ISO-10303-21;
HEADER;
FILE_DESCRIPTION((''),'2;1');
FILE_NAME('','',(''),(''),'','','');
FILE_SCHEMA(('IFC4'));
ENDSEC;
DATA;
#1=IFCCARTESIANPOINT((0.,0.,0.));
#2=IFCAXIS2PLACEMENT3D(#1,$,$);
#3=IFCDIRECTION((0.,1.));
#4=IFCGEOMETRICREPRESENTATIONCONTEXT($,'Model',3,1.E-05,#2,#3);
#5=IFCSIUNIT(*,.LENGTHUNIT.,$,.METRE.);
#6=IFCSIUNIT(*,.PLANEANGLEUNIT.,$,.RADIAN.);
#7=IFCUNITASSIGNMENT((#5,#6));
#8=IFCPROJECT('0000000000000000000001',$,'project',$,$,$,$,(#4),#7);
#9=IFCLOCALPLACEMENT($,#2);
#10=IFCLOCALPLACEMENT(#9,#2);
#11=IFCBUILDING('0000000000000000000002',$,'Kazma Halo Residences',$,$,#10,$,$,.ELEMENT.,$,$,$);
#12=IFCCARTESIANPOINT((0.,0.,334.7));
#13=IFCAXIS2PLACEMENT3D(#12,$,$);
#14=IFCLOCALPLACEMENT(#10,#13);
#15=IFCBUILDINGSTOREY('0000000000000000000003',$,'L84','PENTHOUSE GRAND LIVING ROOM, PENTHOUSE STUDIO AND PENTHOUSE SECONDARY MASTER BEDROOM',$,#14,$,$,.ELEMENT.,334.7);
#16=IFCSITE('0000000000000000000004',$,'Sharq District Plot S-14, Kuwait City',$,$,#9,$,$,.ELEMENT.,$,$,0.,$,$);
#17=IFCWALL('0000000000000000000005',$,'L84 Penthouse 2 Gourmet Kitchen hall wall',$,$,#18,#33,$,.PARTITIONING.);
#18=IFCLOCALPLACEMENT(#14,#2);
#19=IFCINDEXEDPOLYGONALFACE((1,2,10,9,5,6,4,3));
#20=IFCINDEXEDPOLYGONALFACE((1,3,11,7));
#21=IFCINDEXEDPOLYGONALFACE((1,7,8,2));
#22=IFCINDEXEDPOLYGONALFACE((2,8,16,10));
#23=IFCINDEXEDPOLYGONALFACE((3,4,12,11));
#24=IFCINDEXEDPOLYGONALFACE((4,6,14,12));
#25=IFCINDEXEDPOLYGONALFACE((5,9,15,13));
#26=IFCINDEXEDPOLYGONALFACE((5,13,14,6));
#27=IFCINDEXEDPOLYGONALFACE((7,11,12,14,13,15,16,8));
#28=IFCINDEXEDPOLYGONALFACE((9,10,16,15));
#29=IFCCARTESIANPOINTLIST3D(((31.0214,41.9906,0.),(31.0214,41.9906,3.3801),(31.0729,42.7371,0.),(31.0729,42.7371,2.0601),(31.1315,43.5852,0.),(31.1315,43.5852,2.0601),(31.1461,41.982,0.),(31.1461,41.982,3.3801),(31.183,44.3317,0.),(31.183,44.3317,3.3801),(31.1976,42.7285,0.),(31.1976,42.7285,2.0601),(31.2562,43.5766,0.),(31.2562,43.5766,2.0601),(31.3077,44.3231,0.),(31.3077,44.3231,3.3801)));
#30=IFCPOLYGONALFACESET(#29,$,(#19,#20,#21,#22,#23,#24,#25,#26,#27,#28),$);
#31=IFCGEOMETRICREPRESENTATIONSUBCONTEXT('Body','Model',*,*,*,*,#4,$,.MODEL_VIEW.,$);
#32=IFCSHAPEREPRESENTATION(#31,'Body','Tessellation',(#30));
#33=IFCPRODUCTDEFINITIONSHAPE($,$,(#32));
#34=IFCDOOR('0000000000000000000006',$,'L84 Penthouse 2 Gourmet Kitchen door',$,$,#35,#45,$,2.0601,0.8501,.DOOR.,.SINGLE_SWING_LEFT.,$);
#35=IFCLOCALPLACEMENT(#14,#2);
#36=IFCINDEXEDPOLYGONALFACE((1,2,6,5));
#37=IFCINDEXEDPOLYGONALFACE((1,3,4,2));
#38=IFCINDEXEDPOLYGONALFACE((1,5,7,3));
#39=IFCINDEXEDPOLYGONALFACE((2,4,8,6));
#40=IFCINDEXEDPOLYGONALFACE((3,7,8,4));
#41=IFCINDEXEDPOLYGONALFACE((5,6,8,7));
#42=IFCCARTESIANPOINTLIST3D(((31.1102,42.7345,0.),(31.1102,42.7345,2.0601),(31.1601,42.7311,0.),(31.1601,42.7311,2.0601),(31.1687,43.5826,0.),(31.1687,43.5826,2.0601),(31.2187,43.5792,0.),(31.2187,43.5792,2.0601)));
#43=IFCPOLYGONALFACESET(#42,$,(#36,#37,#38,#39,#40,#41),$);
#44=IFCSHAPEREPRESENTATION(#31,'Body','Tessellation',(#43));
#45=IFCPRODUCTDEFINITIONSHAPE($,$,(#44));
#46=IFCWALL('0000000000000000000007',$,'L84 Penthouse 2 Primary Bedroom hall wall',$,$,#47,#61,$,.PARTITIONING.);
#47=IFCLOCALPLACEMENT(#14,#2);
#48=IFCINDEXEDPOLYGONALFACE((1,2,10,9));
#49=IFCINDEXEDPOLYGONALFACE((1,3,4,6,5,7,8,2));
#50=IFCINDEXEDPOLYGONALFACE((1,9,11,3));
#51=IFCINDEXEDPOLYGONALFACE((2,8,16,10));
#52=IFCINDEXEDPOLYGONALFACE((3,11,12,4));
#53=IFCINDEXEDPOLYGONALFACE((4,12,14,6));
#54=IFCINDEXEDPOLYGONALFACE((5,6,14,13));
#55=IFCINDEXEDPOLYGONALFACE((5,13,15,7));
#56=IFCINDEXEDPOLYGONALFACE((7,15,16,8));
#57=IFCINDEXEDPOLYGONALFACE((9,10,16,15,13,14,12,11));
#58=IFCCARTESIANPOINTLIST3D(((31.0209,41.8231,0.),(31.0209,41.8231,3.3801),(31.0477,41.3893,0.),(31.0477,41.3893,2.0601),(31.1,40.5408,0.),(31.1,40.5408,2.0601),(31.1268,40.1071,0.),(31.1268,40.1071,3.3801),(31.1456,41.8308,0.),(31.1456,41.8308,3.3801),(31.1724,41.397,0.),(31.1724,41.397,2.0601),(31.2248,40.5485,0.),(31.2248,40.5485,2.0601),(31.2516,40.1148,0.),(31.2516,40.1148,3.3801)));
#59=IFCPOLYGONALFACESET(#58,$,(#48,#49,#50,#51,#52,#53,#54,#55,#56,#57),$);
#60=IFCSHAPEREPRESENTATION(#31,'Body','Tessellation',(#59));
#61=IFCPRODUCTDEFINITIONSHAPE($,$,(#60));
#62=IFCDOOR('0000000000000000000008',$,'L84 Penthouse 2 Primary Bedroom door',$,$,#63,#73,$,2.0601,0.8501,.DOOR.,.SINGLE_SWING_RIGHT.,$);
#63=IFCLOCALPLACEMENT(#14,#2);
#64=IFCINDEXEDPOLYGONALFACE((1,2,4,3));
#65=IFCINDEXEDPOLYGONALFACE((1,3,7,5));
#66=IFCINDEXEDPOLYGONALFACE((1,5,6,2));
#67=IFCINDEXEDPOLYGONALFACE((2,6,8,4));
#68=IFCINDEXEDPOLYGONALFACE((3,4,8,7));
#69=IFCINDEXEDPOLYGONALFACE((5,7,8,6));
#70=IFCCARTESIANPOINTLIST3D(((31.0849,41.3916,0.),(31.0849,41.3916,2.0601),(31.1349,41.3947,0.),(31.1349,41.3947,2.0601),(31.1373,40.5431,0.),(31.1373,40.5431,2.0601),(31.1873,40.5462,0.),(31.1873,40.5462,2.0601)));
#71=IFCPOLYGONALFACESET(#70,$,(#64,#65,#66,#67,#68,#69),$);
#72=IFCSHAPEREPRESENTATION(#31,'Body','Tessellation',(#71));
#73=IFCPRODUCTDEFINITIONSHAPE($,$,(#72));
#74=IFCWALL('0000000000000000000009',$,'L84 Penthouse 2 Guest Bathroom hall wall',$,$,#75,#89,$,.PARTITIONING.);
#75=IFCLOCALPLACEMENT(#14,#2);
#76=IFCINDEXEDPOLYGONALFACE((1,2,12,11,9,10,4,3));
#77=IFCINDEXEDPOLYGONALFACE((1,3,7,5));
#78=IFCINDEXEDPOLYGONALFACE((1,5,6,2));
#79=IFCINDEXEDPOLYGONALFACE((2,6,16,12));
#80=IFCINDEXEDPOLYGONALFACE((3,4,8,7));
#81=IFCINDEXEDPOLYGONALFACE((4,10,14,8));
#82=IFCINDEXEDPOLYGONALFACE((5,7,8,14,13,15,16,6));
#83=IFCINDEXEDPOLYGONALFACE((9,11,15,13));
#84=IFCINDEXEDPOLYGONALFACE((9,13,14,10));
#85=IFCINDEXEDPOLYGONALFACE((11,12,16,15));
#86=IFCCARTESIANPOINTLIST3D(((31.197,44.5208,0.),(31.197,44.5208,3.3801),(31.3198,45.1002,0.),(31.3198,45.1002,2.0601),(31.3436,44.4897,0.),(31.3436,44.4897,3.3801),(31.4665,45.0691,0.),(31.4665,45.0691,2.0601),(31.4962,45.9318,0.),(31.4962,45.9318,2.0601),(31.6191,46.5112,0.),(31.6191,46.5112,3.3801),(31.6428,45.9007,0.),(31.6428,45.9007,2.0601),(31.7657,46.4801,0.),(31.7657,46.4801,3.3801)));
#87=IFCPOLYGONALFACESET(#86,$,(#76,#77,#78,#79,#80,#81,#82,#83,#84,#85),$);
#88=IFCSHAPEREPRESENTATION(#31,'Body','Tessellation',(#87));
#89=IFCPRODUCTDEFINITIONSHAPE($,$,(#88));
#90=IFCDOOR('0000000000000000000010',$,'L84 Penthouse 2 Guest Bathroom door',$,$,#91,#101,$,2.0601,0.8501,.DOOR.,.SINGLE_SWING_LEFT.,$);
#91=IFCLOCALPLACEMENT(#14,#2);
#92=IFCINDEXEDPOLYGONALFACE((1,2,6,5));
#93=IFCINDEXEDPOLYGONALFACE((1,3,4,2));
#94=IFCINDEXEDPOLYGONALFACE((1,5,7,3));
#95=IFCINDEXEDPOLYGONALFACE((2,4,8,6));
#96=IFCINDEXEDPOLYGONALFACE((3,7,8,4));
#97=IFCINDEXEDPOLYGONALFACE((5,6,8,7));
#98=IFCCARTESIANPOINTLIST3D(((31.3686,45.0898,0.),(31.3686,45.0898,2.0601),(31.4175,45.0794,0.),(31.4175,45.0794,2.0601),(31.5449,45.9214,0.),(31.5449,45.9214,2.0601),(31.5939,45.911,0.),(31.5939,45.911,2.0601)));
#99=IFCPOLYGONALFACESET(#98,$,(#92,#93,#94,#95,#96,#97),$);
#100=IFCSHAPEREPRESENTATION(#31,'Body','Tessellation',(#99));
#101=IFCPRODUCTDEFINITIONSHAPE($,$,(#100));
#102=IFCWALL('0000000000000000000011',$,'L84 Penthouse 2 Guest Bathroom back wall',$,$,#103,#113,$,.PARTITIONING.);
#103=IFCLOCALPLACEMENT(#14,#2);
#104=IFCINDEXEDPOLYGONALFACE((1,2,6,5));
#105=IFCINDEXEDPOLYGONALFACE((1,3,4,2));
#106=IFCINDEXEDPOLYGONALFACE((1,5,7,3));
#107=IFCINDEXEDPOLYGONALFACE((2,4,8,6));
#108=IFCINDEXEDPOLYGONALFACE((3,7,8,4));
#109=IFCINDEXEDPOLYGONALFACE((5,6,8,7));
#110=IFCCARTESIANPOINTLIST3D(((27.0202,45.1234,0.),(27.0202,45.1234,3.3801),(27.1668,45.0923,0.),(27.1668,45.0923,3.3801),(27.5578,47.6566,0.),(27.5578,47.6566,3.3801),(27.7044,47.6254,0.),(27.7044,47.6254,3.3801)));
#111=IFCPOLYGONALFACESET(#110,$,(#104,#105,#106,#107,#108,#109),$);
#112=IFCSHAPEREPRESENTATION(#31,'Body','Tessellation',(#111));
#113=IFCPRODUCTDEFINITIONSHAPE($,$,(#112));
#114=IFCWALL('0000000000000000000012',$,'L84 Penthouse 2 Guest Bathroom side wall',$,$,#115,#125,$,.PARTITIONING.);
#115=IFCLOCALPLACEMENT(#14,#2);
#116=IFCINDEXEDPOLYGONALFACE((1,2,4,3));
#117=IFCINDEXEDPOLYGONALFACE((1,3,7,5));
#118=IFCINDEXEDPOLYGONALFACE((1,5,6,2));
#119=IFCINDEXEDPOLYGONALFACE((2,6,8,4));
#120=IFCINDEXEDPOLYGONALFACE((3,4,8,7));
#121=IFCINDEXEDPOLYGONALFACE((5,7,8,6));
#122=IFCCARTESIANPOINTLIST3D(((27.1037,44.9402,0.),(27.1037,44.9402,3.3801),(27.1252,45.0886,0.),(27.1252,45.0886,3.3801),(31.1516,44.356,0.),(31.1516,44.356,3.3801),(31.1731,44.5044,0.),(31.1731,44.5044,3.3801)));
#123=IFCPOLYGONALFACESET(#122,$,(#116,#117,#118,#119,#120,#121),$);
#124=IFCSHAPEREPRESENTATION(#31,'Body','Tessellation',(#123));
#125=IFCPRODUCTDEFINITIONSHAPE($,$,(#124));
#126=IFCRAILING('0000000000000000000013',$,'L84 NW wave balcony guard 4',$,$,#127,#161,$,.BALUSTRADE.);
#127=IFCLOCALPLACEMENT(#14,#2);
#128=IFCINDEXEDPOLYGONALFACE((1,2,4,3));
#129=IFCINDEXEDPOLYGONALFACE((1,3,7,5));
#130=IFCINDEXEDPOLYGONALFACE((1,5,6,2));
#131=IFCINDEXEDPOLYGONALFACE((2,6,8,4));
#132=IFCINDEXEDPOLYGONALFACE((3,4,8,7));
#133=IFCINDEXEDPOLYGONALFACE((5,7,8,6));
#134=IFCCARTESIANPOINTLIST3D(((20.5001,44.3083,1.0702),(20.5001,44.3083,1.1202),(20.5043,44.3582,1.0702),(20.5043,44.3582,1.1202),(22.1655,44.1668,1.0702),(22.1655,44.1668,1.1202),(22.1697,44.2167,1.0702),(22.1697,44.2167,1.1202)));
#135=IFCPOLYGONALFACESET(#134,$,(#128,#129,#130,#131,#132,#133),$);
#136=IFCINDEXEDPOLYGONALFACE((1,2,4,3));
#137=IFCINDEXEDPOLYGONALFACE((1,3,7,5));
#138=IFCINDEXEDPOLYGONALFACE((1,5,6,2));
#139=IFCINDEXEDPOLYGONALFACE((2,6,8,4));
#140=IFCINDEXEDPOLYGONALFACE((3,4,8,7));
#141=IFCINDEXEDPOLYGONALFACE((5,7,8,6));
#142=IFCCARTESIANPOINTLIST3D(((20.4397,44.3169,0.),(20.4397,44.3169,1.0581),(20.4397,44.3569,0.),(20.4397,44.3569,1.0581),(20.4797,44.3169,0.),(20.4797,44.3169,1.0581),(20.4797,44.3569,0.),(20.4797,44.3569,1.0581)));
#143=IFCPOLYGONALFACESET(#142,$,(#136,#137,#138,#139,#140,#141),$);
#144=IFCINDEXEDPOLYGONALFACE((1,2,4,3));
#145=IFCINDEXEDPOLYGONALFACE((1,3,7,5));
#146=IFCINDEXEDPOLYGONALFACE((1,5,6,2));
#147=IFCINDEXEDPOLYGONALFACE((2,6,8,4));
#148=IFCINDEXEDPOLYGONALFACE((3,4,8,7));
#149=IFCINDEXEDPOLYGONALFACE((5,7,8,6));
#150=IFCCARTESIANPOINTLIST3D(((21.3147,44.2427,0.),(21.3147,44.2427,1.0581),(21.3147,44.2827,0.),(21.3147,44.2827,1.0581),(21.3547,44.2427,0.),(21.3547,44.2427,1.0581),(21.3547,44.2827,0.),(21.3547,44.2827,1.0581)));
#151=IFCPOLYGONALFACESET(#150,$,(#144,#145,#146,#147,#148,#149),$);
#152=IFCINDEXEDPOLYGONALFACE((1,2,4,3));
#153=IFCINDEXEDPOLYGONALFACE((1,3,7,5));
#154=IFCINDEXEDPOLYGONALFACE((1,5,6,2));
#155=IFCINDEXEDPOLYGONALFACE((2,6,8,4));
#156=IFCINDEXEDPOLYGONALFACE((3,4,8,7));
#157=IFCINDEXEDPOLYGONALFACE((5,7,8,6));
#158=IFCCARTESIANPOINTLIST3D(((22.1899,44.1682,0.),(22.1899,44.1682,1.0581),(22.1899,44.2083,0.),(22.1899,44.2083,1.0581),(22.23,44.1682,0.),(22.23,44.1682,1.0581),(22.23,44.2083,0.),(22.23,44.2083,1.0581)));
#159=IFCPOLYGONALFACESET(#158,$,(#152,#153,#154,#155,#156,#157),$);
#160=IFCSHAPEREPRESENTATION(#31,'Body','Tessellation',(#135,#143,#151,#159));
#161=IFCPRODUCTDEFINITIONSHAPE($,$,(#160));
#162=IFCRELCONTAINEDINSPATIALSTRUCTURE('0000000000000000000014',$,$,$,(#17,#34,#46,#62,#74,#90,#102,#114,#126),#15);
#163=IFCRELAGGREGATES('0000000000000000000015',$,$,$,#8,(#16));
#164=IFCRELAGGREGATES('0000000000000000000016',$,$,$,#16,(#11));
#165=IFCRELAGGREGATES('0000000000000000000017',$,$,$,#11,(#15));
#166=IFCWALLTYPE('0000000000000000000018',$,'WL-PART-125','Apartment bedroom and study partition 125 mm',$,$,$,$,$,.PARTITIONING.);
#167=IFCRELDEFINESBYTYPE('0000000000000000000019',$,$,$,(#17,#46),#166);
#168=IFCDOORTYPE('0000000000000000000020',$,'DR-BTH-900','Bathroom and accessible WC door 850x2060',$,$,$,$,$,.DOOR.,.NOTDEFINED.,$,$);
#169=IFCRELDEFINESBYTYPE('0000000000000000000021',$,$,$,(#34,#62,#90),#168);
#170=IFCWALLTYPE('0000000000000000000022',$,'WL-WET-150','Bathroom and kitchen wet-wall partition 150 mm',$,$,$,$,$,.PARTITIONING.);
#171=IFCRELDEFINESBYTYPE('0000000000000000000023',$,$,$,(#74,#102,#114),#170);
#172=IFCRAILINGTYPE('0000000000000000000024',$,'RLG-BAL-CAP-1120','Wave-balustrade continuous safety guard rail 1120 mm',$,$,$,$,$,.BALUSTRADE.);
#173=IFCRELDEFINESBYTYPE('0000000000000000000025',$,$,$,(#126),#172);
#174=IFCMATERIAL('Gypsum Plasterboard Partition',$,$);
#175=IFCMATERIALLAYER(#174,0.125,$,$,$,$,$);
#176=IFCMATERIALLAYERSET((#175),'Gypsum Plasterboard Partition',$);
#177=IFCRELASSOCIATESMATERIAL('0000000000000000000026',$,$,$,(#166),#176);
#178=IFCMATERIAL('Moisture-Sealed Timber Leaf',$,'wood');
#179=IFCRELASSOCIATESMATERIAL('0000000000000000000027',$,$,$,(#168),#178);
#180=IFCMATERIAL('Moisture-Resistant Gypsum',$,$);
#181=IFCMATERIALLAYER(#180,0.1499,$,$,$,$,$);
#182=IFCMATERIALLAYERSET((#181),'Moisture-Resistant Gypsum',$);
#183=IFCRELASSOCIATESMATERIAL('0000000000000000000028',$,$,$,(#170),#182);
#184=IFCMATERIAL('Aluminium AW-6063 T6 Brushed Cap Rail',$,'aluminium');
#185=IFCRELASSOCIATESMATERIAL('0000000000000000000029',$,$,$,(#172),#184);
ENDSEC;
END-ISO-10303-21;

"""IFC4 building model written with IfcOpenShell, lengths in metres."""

from ifc_helpers import new_model, si_unit, direction, frame, frame_2d, origin, origin_2d, place, context, subcontext, project, spatial, rectangle, extrude, material, layer, layer_set, type_object, element, fill, save


model = new_model("IFC4")

# Units and contexts
model_context = context("Model", 3, precision=1e-05, world=origin(), true_north=direction((0.0, 1.0)))
body_context = subcontext(model_context, "Body", "Model", "MODEL_VIEW")
ifc_project = project(units=[si_unit("LENGTHUNIT", "METRE"), si_unit("PLANEANGLEUNIT", "RADIAN")], contexts=[model_context])

# Site, building, storey
site_placement = place(None, origin())
site = spatial("IfcSite", under=ifc_project, at=site_placement, Name="Sharq District Plot S-14, Kuwait City", CompositionType="ELEMENT", RefElevation=0.0)
building_placement = place(site_placement, origin())
building = spatial("IfcBuilding", under=site, at=building_placement, Name="Kazma Halo Residences", CompositionType="ELEMENT")
storey_placement = place(building_placement, frame((0.0, 0.0, 334.7)))
storey = spatial("IfcBuildingStorey", under=building, at=storey_placement, Name="L84", Description="PENTHOUSE GRAND LIVING ROOM, PENTHOUSE STUDIO AND PENTHOUSE SECONDARY MASTER BEDROOM", CompositionType="ELEMENT", Elevation=334.7)

# Shared definitions
ifc_material_1 = material(Name="Gypsum Plasterboard Partition")
ifc_layer_1 = layer(ifc_material_1, 0.125)
ifc_layer_set_1 = layer_set([ifc_layer_1], Name="Gypsum Plasterboard Partition")
wall_type_1 = type_object("IfcWallType", Name="WL-PART-125", Description="Apartment bedroom and study partition 125 mm", PredefinedType="PARTITIONING", material=ifc_layer_set_1)

# Shared definitions
ifc_material_2 = material(Name="Moisture-Sealed Timber Leaf", Category="wood")
door_type = type_object("IfcDoorType", Name="DR-BTH-900", Description="Bathroom and accessible WC door 850x2060", OperationType="NOTDEFINED", PredefinedType="DOOR", material=ifc_material_2)

# Walls, openings, doors
wall_1_placement = place(storey_placement, frame((31.2454, 44.3274, 0.0), z_axis=(0.0, 0.0, 1.0), x_axis=(-0.068874, -0.997625, 0.0)))
wall_1 = element("IfcWall", 1, at=wall_1_placement, inside=storey, type_object=wall_type_1, Name="L84 Penthouse 2 Gourmet Kitchen hall wall", PredefinedType="PARTITIONING", context=body_context, shape_type="SweptSolid", body=[
    extrude(rectangle(XDim=2.3467, YDim=0.125, at=frame_2d((1.1733, 0.0))), origin(), (0.0, 0.0, 1.0), 3.3801),
])
opening_1_placement = place(wall_1_placement, frame((0.7483, 0.0, 0.0)))
opening_1 = element("IfcOpeningElement", 2, at=opening_1_placement, cuts=wall_1, PredefinedType="OPENING", context=body_context, shape_type="SweptSolid", body=[
    extrude(rectangle(XDim=0.8501, YDim=2.0601, at=frame_2d((0.425, 1.03))), frame((0.0, 0.0725, 0.0), z_axis=(0.0, -1.0, 0.0), x_axis=(1.0, 0.0, 0.0)), (0.0, 0.0, 1.0), 0.145),
])
door_1_placement = place(opening_1_placement, origin())
door_1 = element("IfcDoor", 3, at=door_1_placement, inside=storey, type_object=door_type, Name="L84 Penthouse 2 Gourmet Kitchen door", OperationType="SINGLE_SWING_LEFT", OverallHeight=2.0601, OverallWidth=0.8501, PredefinedType="DOOR", context=body_context, shape_type="SweptSolid", body=[
    extrude(rectangle(XDim=0.8501, YDim=2.0601, at=frame_2d((0.425, 1.03))), frame((0.0, 0.0249, 0.0), z_axis=(0.0, -1.0, 0.0), x_axis=(1.0, 0.0, 0.0)), (0.0, 0.0, 1.0), 0.05),
])
fill(opening_1, door_1)
wall_2_placement = place(storey_placement, frame((31.0833, 41.8269, 0.0), z_axis=(0.0, 0.0, 1.0), x_axis=(0.061627, -0.998099, 0.0)))
wall_2 = element("IfcWall", 4, at=wall_2_placement, inside=storey, type_object=wall_type_1, Name="L84 Penthouse 2 Primary Bedroom hall wall", PredefinedType="PARTITIONING", context=body_context, shape_type="SweptSolid", body=[
    extrude(rectangle(XDim=1.7192, YDim=0.125, at=frame_2d((0.8596, 0.0))), origin(), (0.0, 0.0, 1.0), 3.3801),
])
opening_2_placement = place(wall_2_placement, frame((0.4346, 0.0, 0.0)))
opening_2 = element("IfcOpeningElement", 5, at=opening_2_placement, cuts=wall_2, PredefinedType="OPENING", context=body_context, shape_type="SweptSolid", body=[
    extrude(rectangle(XDim=0.8501, YDim=2.0601, at=frame_2d((0.425, 1.03))), frame((0.0, 0.0725, 0.0), z_axis=(0.0, -1.0, 0.0), x_axis=(1.0, 0.0, 0.0)), (0.0, 0.0, 1.0), 0.145),
])
door_2_placement = place(opening_2_placement, origin())
door_2 = element("IfcDoor", 6, at=door_2_placement, inside=storey, type_object=door_type, Name="L84 Penthouse 2 Primary Bedroom door", OperationType="SINGLE_SWING_RIGHT", OverallHeight=2.0601, OverallWidth=0.8501, PredefinedType="DOOR", context=body_context, shape_type="SweptSolid", body=[
    extrude(rectangle(XDim=0.8501, YDim=2.0601, at=frame_2d((0.425, 1.03))), frame((0.0, 0.0249, 0.0), z_axis=(0.0, -1.0, 0.0), x_axis=(1.0, 0.0, 0.0)), (0.0, 0.0, 1.0), 0.05),
])
fill(opening_2, door_2)
ifc_material_3 = material(Name="Moisture-Resistant Gypsum")
ifc_layer_2 = layer(ifc_material_3, 0.1499)
ifc_layer_set_2 = layer_set([ifc_layer_2], Name="Moisture-Resistant Gypsum")
wall_type_2 = type_object("IfcWallType", Name="WL-WET-150", Description="Bathroom and kitchen wet-wall partition 150 mm", PredefinedType="PARTITIONING", material=ifc_layer_set_2)
wall_3_placement = place(storey_placement, frame((31.6924, 46.4956, 0.0), z_axis=(0.0, 0.0, 1.0), x_axis=(-0.207455, -0.978244, 0.0)))
wall_3 = element("IfcWall", 7, at=wall_3_placement, inside=storey, type_object=wall_type_2, Name="L84 Penthouse 2 Guest Bathroom hall wall", PredefinedType="PARTITIONING", context=body_context, shape_type="SweptSolid", body=[
    extrude(rectangle(XDim=2.0347, YDim=0.1499, at=frame_2d((1.0173, 0.0))), origin(), (0.0, 0.0, 1.0), 3.3801),
])
opening_3_placement = place(wall_3_placement, frame((0.5923, 0.0, 0.0)))
opening_3 = element("IfcOpeningElement", 8, at=opening_3_placement, cuts=wall_3, PredefinedType="OPENING", context=body_context, shape_type="SweptSolid", body=[
    extrude(rectangle(XDim=0.8501, YDim=2.0601, at=frame_2d((0.425, 1.03))), frame((0.0, 0.085, 0.0), z_axis=(0.0, -1.0, 0.0), x_axis=(1.0, 0.0, 0.0)), (0.0, 0.0, 1.0), 0.1699),
])
door_3_placement = place(opening_3_placement, origin())
door_3 = element("IfcDoor", 9, at=door_3_placement, inside=storey, type_object=door_type, Name="L84 Penthouse 2 Guest Bathroom door", OperationType="SINGLE_SWING_LEFT", OverallHeight=2.0601, OverallWidth=0.8501, PredefinedType="DOOR", context=body_context, shape_type="SweptSolid", body=[
    extrude(rectangle(XDim=0.8501, YDim=2.0601, at=frame_2d((0.425, 1.03))), frame((0.0, 0.0249, 0.0), z_axis=(0.0, -1.0, 0.0), x_axis=(1.0, 0.0, 0.0)), (0.0, 0.0, 1.0), 0.05),
])
fill(opening_3, door_3)

# Walls
wall_4_placement = place(storey_placement, frame((27.6311, 47.6411, 0.0), z_axis=(0.0, 0.0, 1.0), x_axis=(-0.207597, -0.978214, 0.0)))
element("IfcWall", 10, at=wall_4_placement, inside=storey, type_object=wall_type_2, Name="L84 Penthouse 2 Guest Bathroom back wall", PredefinedType="PARTITIONING", context=body_context, shape_type="SweptSolid", body=[
    extrude(rectangle(XDim=2.5896, YDim=0.1499, at=frame_2d((1.2949, 0.0))), origin(), (0.0, 0.0, 1.0), 3.3801),
])
wall_5_placement = place(storey_placement, frame((31.1624, 44.4302, 0.0), z_axis=(0.0, 0.0, 1.0), x_axis=(-0.989744, 0.14285, 0.0)))
element("IfcWall", 11, at=wall_5_placement, inside=storey, type_object=wall_type_2, Name="L84 Penthouse 2 Guest Bathroom side wall", PredefinedType="PARTITIONING", context=body_context, shape_type="SweptSolid", body=[
    extrude(rectangle(XDim=4.0898, YDim=0.1499, at=frame_2d((2.0449, 0.0))), origin(), (0.0, 0.0, 1.0), 3.3801),
])

# Railing
ifc_material_4 = material(Name="Aluminium AW-6063 T6 Brushed Cap Rail", Category="aluminium")
railing_type = type_object("IfcRailingType", Name="RLG-BAL-CAP-1120", Description="Wave-balustrade continuous safety guard rail 1120 mm", PredefinedType="BALUSTRADE", material=ifc_material_4)
railing_placement = place(storey_placement, frame((20.4597, 44.3369, 0.0)))
element("IfcRailing", 12, at=railing_placement, inside=storey, type_object=railing_type, Name="L84 NW wave balcony guard 4", PredefinedType="BALUSTRADE", context=body_context, shape_type="SweptSolid", body=[
    extrude(rectangle(XDim=0.05, YDim=0.05, at=origin_2d()), frame((0.0425, -0.0037, 1.0952), z_axis=(0.996411, -0.084644, 0.0), x_axis=(0.084644, 0.996411, 0.0)), (0.0, 0.0, 1.0), 1.6714),
    extrude(rectangle(XDim=0.04, YDim=0.04, at=origin_2d()), origin(), (0.0, 0.0, 1.0), 1.0581),
    extrude(rectangle(XDim=0.04, YDim=0.04, at=origin_2d()), frame((0.875, -0.0742, 0.0)), (0.0, 0.0, 1.0), 1.0581),
    extrude(rectangle(XDim=0.04, YDim=0.04, at=origin_2d()), frame((1.7502, -0.1487, 0.0)), (0.0, 0.0, 1.0), 1.0581),
])

save(model, "model.ifc")
